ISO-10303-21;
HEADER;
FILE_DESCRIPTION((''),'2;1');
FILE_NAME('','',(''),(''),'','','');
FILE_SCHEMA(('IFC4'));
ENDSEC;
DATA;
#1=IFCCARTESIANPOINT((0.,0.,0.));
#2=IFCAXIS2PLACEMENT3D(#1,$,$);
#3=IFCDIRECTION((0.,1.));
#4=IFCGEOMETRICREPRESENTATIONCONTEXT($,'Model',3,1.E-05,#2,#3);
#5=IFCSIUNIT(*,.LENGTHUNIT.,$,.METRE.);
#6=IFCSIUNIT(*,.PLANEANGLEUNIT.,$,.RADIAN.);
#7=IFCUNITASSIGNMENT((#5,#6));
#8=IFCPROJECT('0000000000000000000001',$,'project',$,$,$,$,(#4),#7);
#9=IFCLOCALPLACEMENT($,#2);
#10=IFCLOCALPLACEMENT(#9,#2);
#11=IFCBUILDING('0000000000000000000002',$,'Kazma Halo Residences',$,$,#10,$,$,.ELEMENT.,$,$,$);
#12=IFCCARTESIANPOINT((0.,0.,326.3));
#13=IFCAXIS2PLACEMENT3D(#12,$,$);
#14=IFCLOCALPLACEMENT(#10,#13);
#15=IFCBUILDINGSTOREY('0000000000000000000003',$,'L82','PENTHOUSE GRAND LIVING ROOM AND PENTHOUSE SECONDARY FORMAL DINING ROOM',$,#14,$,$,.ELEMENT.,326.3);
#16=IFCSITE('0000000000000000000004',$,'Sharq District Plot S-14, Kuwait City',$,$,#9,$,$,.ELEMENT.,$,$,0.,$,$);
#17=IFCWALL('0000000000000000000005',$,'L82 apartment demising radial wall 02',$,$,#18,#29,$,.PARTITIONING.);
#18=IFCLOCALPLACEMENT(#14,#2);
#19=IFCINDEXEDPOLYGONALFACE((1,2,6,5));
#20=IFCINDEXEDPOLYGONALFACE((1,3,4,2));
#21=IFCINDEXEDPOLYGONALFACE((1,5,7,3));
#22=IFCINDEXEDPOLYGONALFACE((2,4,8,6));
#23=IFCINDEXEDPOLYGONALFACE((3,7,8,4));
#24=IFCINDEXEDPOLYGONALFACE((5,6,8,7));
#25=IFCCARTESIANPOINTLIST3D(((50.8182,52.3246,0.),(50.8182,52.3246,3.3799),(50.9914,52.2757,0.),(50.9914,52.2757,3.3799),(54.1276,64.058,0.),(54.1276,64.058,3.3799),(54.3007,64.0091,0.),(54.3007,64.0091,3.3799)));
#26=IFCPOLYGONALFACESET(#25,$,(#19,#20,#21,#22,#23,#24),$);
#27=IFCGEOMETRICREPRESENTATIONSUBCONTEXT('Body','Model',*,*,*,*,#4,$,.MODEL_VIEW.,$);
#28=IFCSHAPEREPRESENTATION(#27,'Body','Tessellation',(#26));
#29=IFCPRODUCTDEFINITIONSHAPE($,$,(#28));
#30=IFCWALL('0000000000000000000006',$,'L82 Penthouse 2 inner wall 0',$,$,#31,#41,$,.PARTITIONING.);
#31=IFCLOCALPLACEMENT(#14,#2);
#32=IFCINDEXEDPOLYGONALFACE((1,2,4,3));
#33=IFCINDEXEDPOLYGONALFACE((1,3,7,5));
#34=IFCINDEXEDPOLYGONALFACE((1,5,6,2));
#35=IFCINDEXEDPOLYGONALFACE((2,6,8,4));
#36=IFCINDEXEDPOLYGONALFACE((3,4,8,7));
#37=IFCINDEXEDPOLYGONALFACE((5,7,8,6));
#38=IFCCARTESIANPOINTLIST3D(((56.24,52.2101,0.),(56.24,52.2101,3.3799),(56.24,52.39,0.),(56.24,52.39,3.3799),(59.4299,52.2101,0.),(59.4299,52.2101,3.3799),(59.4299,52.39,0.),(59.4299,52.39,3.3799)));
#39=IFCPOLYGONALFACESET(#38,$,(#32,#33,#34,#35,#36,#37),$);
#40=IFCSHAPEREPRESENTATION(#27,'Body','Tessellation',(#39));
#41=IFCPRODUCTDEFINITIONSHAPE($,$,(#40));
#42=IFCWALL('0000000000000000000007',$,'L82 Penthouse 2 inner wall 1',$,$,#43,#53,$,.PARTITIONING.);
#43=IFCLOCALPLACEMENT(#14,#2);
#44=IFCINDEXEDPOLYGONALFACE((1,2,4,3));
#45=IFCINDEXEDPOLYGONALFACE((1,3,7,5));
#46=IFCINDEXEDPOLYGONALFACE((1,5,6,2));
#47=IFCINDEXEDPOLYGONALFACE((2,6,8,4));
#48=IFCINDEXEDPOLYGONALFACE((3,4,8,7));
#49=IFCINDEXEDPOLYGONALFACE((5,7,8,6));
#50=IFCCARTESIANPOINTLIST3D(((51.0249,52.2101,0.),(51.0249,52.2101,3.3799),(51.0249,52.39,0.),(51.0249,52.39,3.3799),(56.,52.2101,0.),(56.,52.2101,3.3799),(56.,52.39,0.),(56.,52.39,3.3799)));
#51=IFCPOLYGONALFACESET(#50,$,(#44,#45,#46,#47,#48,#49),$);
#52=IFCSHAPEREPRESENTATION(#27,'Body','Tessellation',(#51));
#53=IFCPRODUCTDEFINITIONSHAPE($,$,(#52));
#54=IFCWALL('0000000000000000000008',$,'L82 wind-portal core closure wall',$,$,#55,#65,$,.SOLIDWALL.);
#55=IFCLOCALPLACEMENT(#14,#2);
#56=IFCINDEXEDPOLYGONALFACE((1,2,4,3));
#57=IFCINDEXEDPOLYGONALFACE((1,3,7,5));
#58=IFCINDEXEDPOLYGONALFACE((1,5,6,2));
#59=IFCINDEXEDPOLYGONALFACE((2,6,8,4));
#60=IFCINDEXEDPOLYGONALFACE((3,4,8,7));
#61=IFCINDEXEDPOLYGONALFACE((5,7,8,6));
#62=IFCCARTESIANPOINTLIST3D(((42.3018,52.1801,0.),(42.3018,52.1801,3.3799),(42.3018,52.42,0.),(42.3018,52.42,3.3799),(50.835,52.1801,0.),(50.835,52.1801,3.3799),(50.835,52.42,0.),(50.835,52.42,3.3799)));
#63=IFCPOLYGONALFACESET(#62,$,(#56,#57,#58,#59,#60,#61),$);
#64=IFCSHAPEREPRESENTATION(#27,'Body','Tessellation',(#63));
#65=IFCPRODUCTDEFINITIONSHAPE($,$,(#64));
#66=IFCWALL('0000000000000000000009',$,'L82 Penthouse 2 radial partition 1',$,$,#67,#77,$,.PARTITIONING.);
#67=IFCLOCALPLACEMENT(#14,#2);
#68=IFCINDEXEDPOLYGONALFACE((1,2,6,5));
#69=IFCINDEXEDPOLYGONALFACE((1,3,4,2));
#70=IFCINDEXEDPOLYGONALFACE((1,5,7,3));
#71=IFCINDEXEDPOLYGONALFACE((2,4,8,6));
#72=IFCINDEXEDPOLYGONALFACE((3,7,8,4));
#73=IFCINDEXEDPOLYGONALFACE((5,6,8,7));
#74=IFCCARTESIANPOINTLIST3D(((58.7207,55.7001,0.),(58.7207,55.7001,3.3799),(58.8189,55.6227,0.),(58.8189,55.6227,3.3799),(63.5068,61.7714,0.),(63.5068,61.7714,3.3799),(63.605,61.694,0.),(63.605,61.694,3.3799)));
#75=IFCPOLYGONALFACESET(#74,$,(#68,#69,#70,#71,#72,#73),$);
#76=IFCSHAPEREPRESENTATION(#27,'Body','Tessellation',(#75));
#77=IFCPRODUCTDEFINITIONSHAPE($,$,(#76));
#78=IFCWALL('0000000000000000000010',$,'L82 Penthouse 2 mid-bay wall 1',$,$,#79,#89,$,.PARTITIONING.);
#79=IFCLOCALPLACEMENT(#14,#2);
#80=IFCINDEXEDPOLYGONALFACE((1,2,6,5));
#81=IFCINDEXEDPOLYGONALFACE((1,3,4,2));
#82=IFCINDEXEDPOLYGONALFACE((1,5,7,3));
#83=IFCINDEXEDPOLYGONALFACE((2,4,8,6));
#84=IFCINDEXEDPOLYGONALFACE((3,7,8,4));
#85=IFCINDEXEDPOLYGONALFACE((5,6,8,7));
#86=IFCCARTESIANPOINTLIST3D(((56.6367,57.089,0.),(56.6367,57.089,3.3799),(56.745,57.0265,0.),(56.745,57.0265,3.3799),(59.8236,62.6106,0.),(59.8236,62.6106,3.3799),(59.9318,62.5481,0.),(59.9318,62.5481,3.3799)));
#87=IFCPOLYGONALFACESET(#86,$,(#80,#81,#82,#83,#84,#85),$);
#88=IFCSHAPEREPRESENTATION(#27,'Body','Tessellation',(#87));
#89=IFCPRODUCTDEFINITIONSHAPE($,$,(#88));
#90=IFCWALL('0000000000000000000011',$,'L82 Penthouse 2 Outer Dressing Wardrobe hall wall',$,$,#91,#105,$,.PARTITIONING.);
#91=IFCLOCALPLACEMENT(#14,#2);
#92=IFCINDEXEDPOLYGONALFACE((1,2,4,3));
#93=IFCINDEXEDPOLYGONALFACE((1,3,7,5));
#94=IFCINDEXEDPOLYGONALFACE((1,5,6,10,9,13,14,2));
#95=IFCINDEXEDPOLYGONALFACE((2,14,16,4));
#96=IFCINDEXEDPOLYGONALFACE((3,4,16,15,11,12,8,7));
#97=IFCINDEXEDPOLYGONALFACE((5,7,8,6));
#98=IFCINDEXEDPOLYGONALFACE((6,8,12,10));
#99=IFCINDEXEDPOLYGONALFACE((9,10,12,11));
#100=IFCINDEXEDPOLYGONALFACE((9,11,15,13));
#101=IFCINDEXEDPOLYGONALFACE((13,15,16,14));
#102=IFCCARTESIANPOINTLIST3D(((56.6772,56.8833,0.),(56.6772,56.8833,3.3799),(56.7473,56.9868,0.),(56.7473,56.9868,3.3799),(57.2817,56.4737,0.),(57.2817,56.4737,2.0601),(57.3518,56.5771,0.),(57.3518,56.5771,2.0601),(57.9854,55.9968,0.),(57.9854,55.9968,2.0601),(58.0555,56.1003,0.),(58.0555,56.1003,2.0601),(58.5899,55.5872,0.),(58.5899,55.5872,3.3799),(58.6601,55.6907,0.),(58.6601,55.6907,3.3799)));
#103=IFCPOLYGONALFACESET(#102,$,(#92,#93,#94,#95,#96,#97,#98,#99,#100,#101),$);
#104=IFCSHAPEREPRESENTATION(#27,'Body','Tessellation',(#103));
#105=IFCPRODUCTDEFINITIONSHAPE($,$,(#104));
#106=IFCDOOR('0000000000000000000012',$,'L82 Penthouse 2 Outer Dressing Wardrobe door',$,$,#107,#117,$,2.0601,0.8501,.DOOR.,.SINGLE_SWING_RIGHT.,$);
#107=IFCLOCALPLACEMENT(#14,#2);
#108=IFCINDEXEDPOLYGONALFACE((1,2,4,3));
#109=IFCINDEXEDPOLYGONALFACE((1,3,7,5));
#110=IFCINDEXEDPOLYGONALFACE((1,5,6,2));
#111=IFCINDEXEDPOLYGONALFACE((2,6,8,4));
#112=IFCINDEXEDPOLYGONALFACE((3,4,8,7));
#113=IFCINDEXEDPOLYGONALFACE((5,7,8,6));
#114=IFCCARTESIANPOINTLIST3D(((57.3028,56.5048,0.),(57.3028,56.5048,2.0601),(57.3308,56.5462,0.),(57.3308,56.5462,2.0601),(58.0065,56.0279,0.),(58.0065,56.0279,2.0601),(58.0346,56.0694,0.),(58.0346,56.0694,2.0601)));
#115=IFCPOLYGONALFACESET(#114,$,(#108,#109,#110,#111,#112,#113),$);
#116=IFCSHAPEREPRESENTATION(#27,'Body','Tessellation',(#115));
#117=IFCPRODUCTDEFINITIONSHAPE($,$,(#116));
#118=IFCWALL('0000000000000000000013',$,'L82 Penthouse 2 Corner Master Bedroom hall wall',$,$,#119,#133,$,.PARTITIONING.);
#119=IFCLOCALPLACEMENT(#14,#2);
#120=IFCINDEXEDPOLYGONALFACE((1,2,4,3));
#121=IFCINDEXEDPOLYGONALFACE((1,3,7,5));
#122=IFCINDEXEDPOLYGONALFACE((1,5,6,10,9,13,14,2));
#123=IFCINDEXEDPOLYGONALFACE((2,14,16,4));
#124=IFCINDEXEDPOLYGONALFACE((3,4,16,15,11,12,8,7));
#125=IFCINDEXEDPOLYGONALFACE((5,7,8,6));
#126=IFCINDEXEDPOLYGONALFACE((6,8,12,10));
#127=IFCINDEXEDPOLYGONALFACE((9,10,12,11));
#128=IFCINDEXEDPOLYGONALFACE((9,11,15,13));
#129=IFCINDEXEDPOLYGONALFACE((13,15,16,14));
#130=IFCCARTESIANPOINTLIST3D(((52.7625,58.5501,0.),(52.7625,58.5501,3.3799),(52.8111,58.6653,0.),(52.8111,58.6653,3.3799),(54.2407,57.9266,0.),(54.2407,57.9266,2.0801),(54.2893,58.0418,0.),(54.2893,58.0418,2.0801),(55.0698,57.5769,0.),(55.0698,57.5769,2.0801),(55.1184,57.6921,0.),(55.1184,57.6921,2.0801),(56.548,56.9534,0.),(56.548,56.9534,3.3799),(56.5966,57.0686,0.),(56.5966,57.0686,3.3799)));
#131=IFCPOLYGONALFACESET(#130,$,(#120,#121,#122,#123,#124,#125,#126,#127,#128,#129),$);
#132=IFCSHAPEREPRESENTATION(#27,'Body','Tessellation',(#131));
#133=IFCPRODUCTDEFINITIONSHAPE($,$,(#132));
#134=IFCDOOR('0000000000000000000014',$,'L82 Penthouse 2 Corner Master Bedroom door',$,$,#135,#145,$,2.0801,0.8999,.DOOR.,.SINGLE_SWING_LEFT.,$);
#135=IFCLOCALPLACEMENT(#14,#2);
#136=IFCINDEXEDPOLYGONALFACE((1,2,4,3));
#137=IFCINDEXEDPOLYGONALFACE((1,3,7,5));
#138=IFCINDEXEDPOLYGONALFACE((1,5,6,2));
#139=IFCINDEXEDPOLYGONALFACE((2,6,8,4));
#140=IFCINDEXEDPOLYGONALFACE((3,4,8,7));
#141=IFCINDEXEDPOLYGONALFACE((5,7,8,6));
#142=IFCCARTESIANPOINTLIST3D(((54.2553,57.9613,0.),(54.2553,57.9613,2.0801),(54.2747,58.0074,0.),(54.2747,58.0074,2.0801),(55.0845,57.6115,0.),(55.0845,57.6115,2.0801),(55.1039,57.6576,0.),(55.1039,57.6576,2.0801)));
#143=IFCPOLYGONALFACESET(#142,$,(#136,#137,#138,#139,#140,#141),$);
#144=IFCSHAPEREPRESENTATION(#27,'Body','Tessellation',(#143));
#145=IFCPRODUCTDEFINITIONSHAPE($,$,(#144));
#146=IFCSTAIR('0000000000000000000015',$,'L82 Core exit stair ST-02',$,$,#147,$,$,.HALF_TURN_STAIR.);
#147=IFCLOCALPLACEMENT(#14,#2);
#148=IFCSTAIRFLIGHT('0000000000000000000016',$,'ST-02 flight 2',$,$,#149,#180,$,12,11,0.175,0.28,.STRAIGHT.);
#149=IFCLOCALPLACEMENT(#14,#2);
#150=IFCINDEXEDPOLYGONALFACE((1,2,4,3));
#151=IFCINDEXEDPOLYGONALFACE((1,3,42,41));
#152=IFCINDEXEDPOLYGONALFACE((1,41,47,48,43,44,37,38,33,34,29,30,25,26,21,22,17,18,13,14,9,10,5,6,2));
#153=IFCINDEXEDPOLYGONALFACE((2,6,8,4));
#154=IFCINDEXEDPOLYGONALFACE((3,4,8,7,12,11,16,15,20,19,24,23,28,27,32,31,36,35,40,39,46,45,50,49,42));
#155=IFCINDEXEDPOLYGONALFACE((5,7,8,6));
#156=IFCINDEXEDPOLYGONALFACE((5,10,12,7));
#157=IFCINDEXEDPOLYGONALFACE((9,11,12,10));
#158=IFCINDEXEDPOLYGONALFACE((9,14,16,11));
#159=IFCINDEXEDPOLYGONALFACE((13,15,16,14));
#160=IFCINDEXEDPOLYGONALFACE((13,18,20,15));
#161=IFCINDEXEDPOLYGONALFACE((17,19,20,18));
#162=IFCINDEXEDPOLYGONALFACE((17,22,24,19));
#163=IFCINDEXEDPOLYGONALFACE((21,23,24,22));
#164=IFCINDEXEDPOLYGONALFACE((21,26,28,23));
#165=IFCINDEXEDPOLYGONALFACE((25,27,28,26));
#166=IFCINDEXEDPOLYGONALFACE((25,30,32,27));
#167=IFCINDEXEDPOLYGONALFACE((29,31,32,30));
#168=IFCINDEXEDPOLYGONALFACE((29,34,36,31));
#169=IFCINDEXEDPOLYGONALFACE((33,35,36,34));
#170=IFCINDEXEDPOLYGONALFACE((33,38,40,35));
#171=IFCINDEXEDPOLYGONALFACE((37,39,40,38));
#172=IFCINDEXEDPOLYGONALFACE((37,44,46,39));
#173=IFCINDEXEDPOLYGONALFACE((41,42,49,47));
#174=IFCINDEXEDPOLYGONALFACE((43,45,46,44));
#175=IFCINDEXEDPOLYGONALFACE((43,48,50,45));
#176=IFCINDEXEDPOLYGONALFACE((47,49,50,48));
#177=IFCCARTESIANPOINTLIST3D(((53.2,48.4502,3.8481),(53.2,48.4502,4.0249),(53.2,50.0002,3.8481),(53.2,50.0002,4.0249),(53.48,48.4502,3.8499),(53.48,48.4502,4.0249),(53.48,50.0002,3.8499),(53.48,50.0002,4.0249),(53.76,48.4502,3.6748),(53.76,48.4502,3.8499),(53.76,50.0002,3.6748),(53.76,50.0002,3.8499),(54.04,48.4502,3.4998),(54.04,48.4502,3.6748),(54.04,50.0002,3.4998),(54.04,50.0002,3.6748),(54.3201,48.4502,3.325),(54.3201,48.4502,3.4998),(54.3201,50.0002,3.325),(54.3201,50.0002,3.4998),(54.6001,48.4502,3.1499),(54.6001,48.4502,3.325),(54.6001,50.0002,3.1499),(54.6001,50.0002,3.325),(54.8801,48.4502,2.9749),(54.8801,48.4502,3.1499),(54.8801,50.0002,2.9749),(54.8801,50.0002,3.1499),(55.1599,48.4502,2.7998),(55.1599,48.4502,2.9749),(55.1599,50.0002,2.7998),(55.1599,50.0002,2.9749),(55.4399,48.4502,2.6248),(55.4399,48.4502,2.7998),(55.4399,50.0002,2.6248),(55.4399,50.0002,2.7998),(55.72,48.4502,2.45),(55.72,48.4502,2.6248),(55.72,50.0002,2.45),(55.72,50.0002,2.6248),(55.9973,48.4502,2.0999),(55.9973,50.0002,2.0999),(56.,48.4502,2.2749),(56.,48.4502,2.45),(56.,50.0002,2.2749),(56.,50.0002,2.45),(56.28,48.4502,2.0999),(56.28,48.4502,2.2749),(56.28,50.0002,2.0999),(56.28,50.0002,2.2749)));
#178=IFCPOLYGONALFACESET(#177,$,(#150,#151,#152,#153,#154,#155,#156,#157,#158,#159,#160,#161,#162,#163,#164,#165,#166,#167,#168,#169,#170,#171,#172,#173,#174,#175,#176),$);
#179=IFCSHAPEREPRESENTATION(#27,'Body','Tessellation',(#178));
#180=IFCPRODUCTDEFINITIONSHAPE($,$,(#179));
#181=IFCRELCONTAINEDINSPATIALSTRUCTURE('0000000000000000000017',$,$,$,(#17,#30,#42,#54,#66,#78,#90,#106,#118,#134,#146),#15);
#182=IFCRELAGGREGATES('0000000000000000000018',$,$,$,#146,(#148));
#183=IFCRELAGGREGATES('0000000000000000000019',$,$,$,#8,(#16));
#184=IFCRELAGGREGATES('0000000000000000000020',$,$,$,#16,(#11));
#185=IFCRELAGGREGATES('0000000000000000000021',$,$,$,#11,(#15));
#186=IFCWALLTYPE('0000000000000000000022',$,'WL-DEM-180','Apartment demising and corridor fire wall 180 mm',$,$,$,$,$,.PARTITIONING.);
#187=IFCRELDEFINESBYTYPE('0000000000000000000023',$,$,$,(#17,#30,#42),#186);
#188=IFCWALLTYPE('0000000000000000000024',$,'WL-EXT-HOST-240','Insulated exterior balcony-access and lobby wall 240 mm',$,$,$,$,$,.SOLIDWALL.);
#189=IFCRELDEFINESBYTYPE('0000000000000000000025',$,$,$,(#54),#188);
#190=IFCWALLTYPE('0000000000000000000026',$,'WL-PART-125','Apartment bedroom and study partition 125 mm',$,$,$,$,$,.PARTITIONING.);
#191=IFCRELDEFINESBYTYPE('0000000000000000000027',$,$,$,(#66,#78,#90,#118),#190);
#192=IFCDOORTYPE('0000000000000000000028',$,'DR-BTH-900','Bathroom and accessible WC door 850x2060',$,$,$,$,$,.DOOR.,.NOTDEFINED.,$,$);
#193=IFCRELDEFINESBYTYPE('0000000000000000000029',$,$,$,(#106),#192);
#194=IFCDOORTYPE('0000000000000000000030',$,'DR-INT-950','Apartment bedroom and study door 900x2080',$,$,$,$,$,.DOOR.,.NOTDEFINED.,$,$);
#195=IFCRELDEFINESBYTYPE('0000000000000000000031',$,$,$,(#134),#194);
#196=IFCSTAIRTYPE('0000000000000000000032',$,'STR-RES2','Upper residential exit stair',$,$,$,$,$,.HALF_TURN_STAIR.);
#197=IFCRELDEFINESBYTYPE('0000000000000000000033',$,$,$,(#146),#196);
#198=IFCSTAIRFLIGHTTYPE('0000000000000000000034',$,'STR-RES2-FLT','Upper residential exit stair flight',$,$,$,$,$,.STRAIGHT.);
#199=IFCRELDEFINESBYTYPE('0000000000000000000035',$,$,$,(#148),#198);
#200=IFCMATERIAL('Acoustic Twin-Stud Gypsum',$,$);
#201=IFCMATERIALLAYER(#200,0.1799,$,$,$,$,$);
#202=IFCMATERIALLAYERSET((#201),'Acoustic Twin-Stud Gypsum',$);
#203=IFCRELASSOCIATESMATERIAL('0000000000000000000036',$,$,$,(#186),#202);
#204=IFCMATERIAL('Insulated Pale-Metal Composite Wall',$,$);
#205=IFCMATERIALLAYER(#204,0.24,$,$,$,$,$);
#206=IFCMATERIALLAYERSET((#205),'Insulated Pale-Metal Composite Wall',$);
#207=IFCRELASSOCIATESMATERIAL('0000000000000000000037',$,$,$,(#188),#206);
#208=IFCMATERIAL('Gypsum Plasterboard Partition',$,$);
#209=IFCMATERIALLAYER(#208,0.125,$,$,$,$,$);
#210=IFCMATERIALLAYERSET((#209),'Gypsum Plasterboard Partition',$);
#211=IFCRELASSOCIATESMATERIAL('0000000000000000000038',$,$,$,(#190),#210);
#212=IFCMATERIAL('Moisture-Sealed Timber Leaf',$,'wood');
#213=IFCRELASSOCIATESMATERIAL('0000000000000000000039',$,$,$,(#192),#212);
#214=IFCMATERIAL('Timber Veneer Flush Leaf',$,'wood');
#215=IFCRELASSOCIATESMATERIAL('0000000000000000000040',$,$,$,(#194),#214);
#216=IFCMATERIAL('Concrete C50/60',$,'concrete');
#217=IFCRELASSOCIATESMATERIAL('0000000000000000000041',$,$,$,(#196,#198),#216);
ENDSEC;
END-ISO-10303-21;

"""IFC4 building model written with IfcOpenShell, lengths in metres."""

from ifc_helpers import new_model, si_unit, direction, frame, frame_2d, origin, place, context, subcontext, project, spatial, polyline, rectangle, outline, extrude, material, layer, layer_set, type_object, element, fill, aggregate, save


model = new_model("IFC4")

# Units and contexts
model_context = context("Model", 3, precision=1e-05, world=origin(), true_north=direction((0.0, 1.0)))
body_context = subcontext(model_context, "Body", "Model", "MODEL_VIEW")
ifc_project = project(units=[si_unit("LENGTHUNIT", "METRE"), si_unit("PLANEANGLEUNIT", "RADIAN")], contexts=[model_context])

# Site, building, storey
site_placement = place(None, origin())
site = spatial("IfcSite", under=ifc_project, at=site_placement, Name="Sharq District Plot S-14, Kuwait City", CompositionType="ELEMENT", RefElevation=0.0)
building_placement = place(site_placement, origin())
building = spatial("IfcBuilding", under=site, at=building_placement, Name="Kazma Halo Residences", CompositionType="ELEMENT")
storey_placement = place(building_placement, frame((0.0, 0.0, 326.3)))
storey = spatial("IfcBuildingStorey", under=building, at=storey_placement, Name="L82", Description="PENTHOUSE GRAND LIVING ROOM AND PENTHOUSE SECONDARY FORMAL DINING ROOM", CompositionType="ELEMENT", Elevation=326.3)

# Walls
ifc_material_1 = material(Name="Acoustic Twin-Stud Gypsum")
ifc_layer_1 = layer(ifc_material_1, 0.1799)
ifc_layer_set_1 = layer_set([ifc_layer_1], Name="Acoustic Twin-Stud Gypsum")
wall_type_1 = type_object("IfcWallType", Name="WL-DEM-180", Description="Apartment demising and corridor fire wall 180 mm", PredefinedType="PARTITIONING", material=ifc_layer_set_1)
wall_1_placement = place(storey_placement, frame((50.9048, 52.3, 0.0), z_axis=(0.0, 0.0, 1.0), x_axis=(0.271453, 0.962452, 0.0)))
element("IfcWall", 1, at=wall_1_placement, inside=storey, type_object=wall_type_1, Name="L82 apartment demising radial wall 02", PredefinedType="PARTITIONING", context=body_context, shape_type="SweptSolid", body=[
    extrude(rectangle(XDim=12.1912, YDim=0.1799, at=frame_2d((6.0957, 0.0))), origin(), (0.0, 0.0, 1.0), 3.3799),
])
wall_2_placement = place(storey_placement, frame((59.4299, 52.3, 0.0), z_axis=(0.0, 0.0, 1.0), x_axis=(-1.0, 0.0, 0.0)))
element("IfcWall", 2, at=wall_2_placement, inside=storey, type_object=wall_type_1, Name="L82 Penthouse 2 inner wall 0", PredefinedType="PARTITIONING", context=body_context, shape_type="SweptSolid", body=[
    extrude(rectangle(XDim=3.1899, YDim=0.1799, at=frame_2d((1.595, 0.0))), origin(), (0.0, 0.0, 1.0), 3.3799),
])
wall_3_placement = place(storey_placement, frame((56.0, 52.3, 0.0), z_axis=(0.0, 0.0, 1.0), x_axis=(-1.0, 0.0, 0.0)))
element("IfcWall", 3, at=wall_3_placement, inside=storey, type_object=wall_type_1, Name="L82 Penthouse 2 inner wall 1", PredefinedType="PARTITIONING", context=body_context, shape_type="SweptSolid", body=[
    extrude(rectangle(XDim=4.9751, YDim=0.1799, at=frame_2d((2.4875, 0.0))), origin(), (0.0, 0.0, 1.0), 3.3799),
])
ifc_material_2 = material(Name="Insulated Pale-Metal Composite Wall")
ifc_layer_2 = layer(ifc_material_2, 0.24)
ifc_layer_set_2 = layer_set([ifc_layer_2], Name="Insulated Pale-Metal Composite Wall")
wall_type_2 = type_object("IfcWallType", Name="WL-EXT-HOST-240", Description="Insulated exterior balcony-access and lobby wall 240 mm", PredefinedType="SOLIDWALL", material=ifc_layer_set_2)
wall_4_placement = place(storey_placement, frame((50.835, 52.3, 0.0), z_axis=(0.0, 0.0, 1.0), x_axis=(-1.0, 0.0, 0.0)))
element("IfcWall", 4, at=wall_4_placement, inside=storey, type_object=wall_type_2, Name="L82 wind-portal core closure wall", PredefinedType="SOLIDWALL", context=body_context, shape_type="SweptSolid", body=[
    extrude(rectangle(XDim=8.5332, YDim=0.24, at=frame_2d((4.2666, 0.0))), origin(), (0.0, 0.0, 1.0), 3.3799),
])
ifc_material_3 = material(Name="Gypsum Plasterboard Partition")
ifc_layer_3 = layer(ifc_material_3, 0.125)
ifc_layer_set_3 = layer_set([ifc_layer_3], Name="Gypsum Plasterboard Partition")
wall_type_3 = type_object("IfcWallType", Name="WL-PART-125", Description="Apartment bedroom and study partition 125 mm", PredefinedType="PARTITIONING", material=ifc_layer_set_3)
wall_5_placement = place(storey_placement, frame((58.7698, 55.6614, 0.0), z_axis=(0.0, 0.0, 1.0), x_axis=(0.619087, 0.785322, 0.0)))
element("IfcWall", 5, at=wall_5_placement, inside=storey, type_object=wall_type_3, Name="L82 Penthouse 2 radial partition 1", PredefinedType="PARTITIONING", context=body_context, shape_type="SweptSolid", body=[
    extrude(rectangle(XDim=7.731, YDim=0.125, at=frame_2d((3.8655, 0.0))), origin(), (0.0, 0.0, 1.0), 3.3799),
])
wall_6_placement = place(storey_placement, frame((56.6909, 57.0579, 0.0), z_axis=(0.0, 0.0, 1.0), x_axis=(0.499875, 0.866098, 0.0)))
element("IfcWall", 6, at=wall_6_placement, inside=storey, type_object=wall_type_3, Name="L82 Penthouse 2 mid-bay wall 1", PredefinedType="PARTITIONING", context=body_context, shape_type="SweptSolid", body=[
    extrude(rectangle(XDim=6.3752, YDim=0.125, at=frame_2d((3.1875, 0.0))), origin(), (0.0, 0.0, 1.0), 3.3799),
])

# Walls, openings, doors
wall_7_placement = place(storey_placement, frame((58.625, 55.6389, 0.0), z_axis=(0.0, 0.0, 1.0), x_axis=(-0.827849, 0.560951, 0.0)))
wall_7 = element("IfcWall", 7, at=wall_7_placement, inside=storey, type_object=wall_type_3, Name="L82 Penthouse 2 Outer Dressing Wardrobe hall wall", PredefinedType="PARTITIONING", context=body_context, shape_type="SweptSolid", body=[
    extrude(rectangle(XDim=2.3105, YDim=0.125, at=frame_2d((1.1553, 0.0))), origin(), (0.0, 0.0, 1.0), 3.3799),
])
opening_1_placement = place(wall_7_placement, frame((0.7302, 0.0, 0.0)))
opening_1 = element("IfcOpeningElement", 8, at=opening_1_placement, cuts=wall_7, PredefinedType="OPENING", context=body_context, shape_type="SweptSolid", body=[
    extrude(rectangle(XDim=0.8501, YDim=2.0601, at=frame_2d((0.425, 1.03))), frame((0.0, 0.0725, 0.0), z_axis=(0.0, -1.0, 0.0), x_axis=(1.0, 0.0, 0.0)), (0.0, 0.0, 1.0), 0.145),
])
ifc_material_4 = material(Name="Moisture-Sealed Timber Leaf", Category="wood")
door_type_1 = type_object("IfcDoorType", Name="DR-BTH-900", Description="Bathroom and accessible WC door 850x2060", OperationType="NOTDEFINED", PredefinedType="DOOR", material=ifc_material_4)
door_1_placement = place(opening_1_placement, origin())
door_1 = element("IfcDoor", 9, at=door_1_placement, inside=storey, type_object=door_type_1, Name="L82 Penthouse 2 Outer Dressing Wardrobe door", OperationType="SINGLE_SWING_RIGHT", OverallHeight=2.0601, OverallWidth=0.8501, PredefinedType="DOOR", context=body_context, shape_type="SweptSolid", body=[
    extrude(rectangle(XDim=0.8501, YDim=2.0601, at=frame_2d((0.425, 1.03))), frame((0.0, 0.0249, 0.0), z_axis=(0.0, -1.0, 0.0), x_axis=(1.0, 0.0, 0.0)), (0.0, 0.0, 1.0), 0.05),
])
fill(opening_1, door_1)
wall_8_placement = place(storey_placement, frame((56.5723, 57.011, 0.0), z_axis=(0.0, 0.0, 1.0), x_axis=(-0.921389, 0.388641, 0.0)))
wall_8 = element("IfcWall", 10, at=wall_8_placement, inside=storey, type_object=wall_type_3, Name="L82 Penthouse 2 Corner Master Bedroom hall wall", PredefinedType="PARTITIONING", context=body_context, shape_type="SweptSolid", body=[
    extrude(rectangle(XDim=4.1084, YDim=0.125, at=frame_2d((2.0542, 0.0))), origin(), (0.0, 0.0, 1.0), 3.3799),
])
opening_2_placement = place(wall_8_placement, frame((1.6042, 0.0, 0.0)))
opening_2 = element("IfcOpeningElement", 11, at=opening_2_placement, cuts=wall_8, PredefinedType="OPENING", context=body_context, shape_type="SweptSolid", body=[
    extrude(rectangle(XDim=0.8999, YDim=2.0801, at=frame_2d((0.45, 1.04))), frame((0.0, 0.0725, 0.0), z_axis=(0.0, -1.0, 0.0), x_axis=(1.0, 0.0, 0.0)), (0.0, 0.0, 1.0), 0.145),
])
ifc_material_5 = material(Name="Timber Veneer Flush Leaf", Category="wood")
door_type_2 = type_object("IfcDoorType", Name="DR-INT-950", Description="Apartment bedroom and study door 900x2080", OperationType="NOTDEFINED", PredefinedType="DOOR", material=ifc_material_5)
door_2_placement = place(opening_2_placement, origin())
door_2 = element("IfcDoor", 12, at=door_2_placement, inside=storey, type_object=door_type_2, Name="L82 Penthouse 2 Corner Master Bedroom door", OperationType="SINGLE_SWING_LEFT", OverallHeight=2.0801, OverallWidth=0.8999, PredefinedType="DOOR", context=body_context, shape_type="SweptSolid", body=[
    extrude(rectangle(XDim=0.8999, YDim=2.0801, at=frame_2d((0.45, 1.04))), frame((0.0, 0.0249, 0.0), z_axis=(0.0, -1.0, 0.0), x_axis=(1.0, 0.0, 0.0)), (0.0, 0.0, 1.0), 0.05),
])
fill(opening_2, door_2)

# Stair, stair flight
ifc_material_6 = material(Name="Concrete C50/60", Category="concrete")
stair_type = type_object("IfcStairType", Name="STR-RES2", Description="Upper residential exit stair", PredefinedType="HALF_TURN_STAIR", material=ifc_material_6)
stair_placement = place(storey_placement, origin())
stair = element("IfcStair", 13, at=stair_placement, inside=storey, type_object=stair_type, Name="L82 Core exit stair ST-02", PredefinedType="HALF_TURN_STAIR")
stair_flight_type = type_object("IfcStairFlightType", Name="STR-RES2-FLT", Description="Upper residential exit stair flight", PredefinedType="STRAIGHT", material=ifc_material_6)
stair_flight_placement = place(storey_placement, frame((56.28, 49.2251, 2.0999), z_axis=(0.0, 0.0, 1.0), x_axis=(-1.0, 0.0, 0.0)))
stair_flight = element("IfcStairFlight", 14, at=stair_flight_placement, type_object=stair_flight_type, Name="ST-02 flight 2", NumberOfRisers=12, NumberOfTreads=11, PredefinedType="STRAIGHT", RiserHeight=0.175, TreadLength=0.28, context=body_context, shape_type="SweptSolid", body=[
    extrude(outline(polyline([(0.0, 0.0), (0.0, 0.175), (0.28, 0.175), (0.28, 0.3501), (0.5601, 0.3501), (0.5601, 0.5249), (0.8401, 0.5249), (0.8401, 0.7), (1.1201, 0.7), (1.1201, 0.875), (1.3999, 0.875), (1.3999, 1.05), (1.6799, 1.05), (1.6799, 1.2251), (1.96, 1.2251), (1.96, 1.3999), (2.24, 1.3999), (2.24, 1.575), (2.52, 1.575), (2.52, 1.75), (2.8, 1.75), (2.8, 1.925), (3.0801, 1.925), (3.0801, 2.1001), (3.0801, 1.7483), (0.2827, 0.0), (0.0, 0.0)])), frame((0.0, 0.7749, 0.0), z_axis=(0.0, -1.0, 0.0), x_axis=(1.0, 0.0, 0.0)), (0.0, 0.0, 1.0), 1.55),
])
aggregate(stair, [stair_flight])

save(model, "model.ifc")
